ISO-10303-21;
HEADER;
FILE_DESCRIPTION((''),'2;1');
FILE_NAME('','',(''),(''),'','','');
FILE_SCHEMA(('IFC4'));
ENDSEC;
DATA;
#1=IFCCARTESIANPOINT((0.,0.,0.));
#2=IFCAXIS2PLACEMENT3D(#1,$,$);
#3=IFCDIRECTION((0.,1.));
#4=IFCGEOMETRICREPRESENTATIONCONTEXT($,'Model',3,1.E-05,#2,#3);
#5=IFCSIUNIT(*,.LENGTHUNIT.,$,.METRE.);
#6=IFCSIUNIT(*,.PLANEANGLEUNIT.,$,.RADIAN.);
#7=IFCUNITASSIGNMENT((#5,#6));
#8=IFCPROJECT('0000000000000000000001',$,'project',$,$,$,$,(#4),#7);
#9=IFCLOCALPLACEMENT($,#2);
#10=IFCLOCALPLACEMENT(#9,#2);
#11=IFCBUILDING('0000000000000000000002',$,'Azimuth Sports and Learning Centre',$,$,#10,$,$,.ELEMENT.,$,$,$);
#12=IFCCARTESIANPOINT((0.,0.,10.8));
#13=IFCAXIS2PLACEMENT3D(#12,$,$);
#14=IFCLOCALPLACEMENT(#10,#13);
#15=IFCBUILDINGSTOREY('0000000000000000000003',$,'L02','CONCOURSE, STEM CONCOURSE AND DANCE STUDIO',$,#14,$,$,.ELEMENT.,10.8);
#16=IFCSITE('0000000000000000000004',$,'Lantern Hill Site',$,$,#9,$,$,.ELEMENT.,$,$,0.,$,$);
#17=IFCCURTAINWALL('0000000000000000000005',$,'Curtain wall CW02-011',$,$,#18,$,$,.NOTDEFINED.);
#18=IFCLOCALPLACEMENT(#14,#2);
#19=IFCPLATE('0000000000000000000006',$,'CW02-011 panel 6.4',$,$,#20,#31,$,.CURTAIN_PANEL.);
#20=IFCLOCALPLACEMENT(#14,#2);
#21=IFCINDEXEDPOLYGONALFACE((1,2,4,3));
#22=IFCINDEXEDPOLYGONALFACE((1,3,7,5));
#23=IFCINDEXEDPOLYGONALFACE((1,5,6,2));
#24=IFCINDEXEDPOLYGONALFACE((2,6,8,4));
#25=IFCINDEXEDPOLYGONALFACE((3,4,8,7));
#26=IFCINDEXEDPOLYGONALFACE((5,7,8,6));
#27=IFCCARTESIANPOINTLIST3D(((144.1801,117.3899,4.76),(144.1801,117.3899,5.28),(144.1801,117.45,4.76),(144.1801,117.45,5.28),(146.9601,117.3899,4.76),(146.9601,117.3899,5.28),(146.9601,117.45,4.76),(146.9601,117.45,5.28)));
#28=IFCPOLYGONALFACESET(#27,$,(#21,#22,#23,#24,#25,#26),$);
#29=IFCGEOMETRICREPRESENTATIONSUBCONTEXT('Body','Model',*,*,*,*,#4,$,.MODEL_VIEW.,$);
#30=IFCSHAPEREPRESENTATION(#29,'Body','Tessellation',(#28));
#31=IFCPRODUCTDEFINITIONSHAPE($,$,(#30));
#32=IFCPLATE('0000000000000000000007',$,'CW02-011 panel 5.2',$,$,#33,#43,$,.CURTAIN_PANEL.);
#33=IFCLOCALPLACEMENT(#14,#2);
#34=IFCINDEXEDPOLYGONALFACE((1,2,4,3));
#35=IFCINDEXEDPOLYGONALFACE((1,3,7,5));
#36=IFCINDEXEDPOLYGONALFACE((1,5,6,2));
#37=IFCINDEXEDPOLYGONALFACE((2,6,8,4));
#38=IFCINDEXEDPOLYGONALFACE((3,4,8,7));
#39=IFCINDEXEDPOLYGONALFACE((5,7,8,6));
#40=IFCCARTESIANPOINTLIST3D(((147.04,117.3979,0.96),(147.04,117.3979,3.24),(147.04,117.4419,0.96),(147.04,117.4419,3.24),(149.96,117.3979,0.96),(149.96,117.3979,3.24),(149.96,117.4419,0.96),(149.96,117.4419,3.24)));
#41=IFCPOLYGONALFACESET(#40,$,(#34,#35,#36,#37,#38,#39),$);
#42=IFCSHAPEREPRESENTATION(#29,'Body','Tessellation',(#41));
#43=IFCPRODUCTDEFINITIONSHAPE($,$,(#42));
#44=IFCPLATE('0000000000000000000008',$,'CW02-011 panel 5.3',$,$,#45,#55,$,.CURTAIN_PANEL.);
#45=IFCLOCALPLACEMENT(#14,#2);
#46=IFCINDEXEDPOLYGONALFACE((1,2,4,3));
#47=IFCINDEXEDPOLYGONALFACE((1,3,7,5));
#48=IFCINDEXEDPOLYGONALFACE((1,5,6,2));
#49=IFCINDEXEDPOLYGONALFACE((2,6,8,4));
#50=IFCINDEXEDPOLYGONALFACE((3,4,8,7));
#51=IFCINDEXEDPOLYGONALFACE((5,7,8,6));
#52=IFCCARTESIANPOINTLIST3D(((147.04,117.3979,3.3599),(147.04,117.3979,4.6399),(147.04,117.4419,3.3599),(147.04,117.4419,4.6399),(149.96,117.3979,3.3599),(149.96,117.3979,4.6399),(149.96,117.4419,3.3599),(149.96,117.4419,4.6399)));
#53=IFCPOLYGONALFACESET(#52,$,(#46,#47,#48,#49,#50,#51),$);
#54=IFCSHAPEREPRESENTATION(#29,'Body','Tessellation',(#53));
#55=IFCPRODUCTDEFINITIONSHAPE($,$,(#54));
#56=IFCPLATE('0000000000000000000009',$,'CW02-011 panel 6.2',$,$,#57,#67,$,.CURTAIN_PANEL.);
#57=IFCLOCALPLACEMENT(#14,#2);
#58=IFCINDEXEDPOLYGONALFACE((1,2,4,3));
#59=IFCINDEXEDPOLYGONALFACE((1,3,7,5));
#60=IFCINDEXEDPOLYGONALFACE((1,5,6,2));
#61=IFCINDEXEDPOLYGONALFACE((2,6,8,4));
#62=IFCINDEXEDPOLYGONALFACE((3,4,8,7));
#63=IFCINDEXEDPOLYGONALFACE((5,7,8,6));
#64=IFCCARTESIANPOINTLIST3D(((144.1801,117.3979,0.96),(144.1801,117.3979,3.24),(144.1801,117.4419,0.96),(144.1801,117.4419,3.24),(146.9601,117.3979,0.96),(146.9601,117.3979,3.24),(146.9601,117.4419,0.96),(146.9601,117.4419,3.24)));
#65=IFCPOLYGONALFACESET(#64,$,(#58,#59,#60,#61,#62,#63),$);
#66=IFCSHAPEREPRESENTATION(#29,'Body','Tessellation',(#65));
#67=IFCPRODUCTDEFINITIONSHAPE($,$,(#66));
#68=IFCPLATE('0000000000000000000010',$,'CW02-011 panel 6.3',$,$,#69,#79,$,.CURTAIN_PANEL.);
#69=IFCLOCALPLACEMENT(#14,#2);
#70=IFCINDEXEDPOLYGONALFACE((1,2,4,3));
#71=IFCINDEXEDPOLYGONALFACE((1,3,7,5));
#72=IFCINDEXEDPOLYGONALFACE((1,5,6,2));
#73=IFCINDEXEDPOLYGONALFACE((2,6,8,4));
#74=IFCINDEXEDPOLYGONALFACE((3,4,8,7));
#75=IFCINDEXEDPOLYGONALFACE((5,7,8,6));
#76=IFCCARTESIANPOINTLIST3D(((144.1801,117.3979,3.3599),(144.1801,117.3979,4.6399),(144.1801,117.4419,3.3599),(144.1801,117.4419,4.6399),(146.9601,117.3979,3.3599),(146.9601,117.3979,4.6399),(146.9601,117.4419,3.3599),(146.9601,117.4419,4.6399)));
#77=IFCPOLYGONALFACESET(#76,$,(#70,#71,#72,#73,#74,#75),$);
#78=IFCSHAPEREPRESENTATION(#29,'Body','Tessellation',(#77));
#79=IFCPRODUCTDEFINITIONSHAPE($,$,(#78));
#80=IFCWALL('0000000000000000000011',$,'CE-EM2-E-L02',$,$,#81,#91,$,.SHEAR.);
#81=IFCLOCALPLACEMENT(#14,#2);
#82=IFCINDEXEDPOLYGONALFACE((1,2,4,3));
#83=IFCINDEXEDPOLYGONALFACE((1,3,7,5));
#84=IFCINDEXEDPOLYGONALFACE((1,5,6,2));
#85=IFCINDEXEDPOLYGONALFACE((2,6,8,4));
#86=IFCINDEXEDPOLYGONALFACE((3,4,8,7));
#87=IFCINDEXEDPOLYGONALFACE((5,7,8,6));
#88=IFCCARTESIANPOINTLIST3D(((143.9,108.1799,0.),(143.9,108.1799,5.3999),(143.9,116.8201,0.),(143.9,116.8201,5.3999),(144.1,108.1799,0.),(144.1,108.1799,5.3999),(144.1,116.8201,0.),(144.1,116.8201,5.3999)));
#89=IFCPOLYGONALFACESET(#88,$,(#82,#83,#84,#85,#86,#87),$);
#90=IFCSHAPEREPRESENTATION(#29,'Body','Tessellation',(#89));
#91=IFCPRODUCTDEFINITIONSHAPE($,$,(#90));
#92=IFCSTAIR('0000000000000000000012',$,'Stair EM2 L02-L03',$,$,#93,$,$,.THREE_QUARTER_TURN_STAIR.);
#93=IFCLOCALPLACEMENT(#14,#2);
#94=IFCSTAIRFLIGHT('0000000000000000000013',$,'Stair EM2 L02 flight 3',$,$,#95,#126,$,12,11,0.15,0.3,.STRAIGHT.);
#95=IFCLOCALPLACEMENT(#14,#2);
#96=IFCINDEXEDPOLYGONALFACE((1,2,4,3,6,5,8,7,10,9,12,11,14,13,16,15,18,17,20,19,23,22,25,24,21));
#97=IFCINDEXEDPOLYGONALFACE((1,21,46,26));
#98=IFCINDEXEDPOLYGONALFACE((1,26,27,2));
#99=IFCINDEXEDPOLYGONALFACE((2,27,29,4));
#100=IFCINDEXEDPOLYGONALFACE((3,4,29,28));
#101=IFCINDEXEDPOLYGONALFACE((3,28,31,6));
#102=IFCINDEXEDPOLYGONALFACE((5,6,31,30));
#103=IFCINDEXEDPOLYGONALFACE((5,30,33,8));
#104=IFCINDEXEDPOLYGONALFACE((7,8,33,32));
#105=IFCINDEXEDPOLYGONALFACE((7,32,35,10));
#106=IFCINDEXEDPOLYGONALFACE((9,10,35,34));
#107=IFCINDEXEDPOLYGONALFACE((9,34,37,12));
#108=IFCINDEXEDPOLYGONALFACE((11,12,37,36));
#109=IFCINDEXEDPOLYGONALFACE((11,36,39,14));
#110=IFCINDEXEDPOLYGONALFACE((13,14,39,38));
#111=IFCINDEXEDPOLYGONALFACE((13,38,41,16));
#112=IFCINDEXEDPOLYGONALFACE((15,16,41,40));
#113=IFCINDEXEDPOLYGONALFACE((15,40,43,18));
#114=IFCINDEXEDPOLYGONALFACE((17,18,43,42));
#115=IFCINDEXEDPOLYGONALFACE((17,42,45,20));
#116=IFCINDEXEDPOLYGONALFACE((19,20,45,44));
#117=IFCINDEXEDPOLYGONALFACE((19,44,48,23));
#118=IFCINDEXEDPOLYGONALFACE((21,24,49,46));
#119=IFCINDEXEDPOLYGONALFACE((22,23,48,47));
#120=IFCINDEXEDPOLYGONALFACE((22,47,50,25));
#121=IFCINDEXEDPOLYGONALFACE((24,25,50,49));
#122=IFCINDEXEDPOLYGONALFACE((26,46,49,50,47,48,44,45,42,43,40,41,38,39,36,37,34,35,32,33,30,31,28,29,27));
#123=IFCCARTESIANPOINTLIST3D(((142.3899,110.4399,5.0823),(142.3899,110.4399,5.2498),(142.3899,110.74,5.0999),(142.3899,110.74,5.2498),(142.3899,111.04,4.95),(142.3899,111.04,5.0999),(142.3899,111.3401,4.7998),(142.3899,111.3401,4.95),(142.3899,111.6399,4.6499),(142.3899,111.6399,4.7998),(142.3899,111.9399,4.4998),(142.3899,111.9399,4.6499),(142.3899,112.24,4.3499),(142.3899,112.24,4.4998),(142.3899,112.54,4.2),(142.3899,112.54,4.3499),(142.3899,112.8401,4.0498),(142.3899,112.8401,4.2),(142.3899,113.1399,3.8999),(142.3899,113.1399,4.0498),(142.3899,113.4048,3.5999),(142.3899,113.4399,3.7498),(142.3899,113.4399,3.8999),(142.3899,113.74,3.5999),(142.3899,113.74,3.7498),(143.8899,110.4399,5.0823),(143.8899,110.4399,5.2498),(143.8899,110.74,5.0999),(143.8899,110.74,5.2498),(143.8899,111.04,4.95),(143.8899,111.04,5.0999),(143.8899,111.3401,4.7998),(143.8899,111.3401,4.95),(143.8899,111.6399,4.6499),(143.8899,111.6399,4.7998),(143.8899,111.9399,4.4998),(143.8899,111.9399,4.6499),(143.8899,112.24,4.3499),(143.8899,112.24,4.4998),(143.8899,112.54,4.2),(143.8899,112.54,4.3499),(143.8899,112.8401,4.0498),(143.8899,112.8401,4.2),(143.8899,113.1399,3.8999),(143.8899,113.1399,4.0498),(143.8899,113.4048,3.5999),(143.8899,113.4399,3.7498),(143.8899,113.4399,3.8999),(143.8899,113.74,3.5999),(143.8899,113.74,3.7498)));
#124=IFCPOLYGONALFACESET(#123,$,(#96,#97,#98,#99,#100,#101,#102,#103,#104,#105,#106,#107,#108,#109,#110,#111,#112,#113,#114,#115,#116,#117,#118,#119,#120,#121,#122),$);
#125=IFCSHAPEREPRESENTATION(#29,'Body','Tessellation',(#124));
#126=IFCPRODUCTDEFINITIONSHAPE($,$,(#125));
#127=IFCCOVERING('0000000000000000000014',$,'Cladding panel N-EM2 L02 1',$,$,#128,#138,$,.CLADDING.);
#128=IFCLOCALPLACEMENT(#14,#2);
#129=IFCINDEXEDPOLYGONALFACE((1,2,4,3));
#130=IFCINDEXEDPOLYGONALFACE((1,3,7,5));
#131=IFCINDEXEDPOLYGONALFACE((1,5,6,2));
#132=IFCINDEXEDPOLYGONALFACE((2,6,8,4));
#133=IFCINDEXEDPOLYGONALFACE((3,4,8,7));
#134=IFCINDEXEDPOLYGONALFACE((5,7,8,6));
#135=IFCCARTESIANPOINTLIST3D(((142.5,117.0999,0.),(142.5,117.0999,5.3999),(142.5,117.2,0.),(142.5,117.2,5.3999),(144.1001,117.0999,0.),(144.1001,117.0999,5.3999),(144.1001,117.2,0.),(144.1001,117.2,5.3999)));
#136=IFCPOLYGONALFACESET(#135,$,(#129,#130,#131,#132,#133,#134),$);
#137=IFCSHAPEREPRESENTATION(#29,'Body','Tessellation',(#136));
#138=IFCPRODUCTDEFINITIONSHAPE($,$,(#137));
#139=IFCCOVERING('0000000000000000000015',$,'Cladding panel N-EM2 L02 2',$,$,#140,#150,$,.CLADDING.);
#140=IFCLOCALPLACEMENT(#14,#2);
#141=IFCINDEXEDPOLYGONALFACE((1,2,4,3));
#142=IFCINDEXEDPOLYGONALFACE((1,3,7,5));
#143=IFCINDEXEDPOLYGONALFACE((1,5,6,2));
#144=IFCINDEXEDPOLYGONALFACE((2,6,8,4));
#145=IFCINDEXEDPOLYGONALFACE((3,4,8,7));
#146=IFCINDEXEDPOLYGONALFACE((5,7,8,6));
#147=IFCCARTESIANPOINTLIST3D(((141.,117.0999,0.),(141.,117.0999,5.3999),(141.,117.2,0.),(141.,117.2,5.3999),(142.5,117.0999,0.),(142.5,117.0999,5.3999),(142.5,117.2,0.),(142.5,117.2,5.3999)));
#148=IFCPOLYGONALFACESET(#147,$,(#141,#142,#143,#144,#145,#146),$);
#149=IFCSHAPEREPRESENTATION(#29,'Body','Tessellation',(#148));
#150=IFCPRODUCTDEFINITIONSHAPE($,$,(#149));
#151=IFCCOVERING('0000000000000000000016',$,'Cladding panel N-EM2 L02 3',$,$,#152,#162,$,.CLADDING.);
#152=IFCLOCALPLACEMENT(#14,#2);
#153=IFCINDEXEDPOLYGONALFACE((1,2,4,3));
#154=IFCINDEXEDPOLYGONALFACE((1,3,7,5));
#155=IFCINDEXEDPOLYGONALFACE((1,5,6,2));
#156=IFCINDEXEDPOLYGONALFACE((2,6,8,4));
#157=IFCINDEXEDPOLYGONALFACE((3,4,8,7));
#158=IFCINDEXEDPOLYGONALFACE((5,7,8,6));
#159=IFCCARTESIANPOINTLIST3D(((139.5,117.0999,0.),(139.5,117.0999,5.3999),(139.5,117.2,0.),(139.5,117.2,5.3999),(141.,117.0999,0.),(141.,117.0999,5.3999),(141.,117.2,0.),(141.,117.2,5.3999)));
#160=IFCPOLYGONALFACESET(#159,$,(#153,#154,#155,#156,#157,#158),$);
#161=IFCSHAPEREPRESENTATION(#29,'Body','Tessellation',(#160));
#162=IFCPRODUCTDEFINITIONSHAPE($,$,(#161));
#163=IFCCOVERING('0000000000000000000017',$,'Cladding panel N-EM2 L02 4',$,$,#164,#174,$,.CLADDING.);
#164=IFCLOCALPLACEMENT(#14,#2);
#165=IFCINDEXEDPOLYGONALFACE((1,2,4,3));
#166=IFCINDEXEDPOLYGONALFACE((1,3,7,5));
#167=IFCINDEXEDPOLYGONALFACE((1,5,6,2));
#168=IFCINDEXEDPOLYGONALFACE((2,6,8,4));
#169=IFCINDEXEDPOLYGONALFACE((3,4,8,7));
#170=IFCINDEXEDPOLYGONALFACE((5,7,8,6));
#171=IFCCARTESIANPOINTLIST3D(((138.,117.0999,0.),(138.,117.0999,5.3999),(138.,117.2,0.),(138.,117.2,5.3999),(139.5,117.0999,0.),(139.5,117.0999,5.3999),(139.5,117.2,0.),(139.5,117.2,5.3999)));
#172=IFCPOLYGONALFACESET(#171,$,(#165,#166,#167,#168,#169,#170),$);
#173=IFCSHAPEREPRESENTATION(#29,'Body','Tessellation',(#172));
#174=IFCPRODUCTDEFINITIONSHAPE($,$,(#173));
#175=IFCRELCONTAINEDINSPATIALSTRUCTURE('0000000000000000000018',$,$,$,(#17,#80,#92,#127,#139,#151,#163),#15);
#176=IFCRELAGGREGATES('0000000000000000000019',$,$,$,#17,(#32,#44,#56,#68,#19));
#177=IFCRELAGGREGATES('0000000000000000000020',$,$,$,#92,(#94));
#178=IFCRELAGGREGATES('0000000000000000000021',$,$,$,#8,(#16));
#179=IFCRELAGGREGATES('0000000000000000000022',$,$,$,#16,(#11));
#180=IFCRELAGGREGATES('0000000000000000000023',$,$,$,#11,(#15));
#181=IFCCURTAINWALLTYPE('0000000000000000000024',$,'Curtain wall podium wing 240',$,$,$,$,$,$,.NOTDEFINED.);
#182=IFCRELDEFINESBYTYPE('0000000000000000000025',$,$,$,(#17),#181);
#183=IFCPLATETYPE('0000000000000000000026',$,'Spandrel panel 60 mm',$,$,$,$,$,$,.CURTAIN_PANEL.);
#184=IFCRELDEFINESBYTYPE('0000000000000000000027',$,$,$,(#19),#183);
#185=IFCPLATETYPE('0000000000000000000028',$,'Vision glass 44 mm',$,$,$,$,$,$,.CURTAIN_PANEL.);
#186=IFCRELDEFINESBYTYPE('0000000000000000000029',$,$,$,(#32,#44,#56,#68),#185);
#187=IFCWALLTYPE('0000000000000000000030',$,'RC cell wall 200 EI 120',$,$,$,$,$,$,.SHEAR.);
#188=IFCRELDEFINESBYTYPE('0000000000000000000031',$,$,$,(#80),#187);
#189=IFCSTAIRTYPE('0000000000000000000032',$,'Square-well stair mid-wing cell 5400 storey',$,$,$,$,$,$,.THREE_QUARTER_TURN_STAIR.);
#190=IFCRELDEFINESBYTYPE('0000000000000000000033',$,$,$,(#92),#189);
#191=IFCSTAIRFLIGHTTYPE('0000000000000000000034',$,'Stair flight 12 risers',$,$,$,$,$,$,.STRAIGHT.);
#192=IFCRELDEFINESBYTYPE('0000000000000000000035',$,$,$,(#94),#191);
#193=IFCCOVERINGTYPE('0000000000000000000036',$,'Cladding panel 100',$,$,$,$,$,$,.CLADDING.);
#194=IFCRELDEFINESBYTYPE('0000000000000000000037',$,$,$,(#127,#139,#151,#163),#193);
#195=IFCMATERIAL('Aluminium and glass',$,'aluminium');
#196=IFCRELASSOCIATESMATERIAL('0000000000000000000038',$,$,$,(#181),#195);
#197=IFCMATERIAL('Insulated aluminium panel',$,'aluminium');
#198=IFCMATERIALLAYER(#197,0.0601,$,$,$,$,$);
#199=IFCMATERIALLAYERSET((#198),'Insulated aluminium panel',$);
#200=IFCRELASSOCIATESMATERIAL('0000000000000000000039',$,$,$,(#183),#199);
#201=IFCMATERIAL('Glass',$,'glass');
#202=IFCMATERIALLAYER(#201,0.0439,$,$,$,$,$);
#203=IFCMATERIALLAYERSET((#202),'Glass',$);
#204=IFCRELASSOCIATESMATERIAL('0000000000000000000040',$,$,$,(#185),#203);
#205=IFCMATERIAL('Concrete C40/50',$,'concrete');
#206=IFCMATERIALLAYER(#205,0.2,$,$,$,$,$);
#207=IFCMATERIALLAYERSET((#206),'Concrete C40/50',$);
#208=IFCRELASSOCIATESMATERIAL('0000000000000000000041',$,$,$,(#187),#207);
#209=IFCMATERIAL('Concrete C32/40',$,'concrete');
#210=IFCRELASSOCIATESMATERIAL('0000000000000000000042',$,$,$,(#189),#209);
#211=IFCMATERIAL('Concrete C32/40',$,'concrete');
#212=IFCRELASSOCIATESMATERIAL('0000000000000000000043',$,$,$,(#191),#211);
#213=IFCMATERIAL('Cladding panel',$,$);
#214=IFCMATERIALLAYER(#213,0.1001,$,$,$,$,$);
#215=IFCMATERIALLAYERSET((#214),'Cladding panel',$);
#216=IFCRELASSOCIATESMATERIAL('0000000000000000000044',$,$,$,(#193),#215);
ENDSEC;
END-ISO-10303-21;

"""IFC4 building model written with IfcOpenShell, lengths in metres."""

from ifc_helpers import new_model, si_unit, direction, frame, frame_2d, origin, origin_2d, place, context, subcontext, project, spatial, polyline, rectangle, outline, extrude, material, layer, layer_set, type_object, element, aggregate, save


model = new_model("IFC4")

# Units and contexts
model_context = context("Model", 3, precision=1e-05, world=origin(), true_north=direction((0.0, 1.0)))
body_context = subcontext(model_context, "Body", "Model", "MODEL_VIEW")
ifc_project = project(units=[si_unit("LENGTHUNIT", "METRE"), si_unit("PLANEANGLEUNIT", "RADIAN")], contexts=[model_context])

# Site, building, storey
site_placement = place(None, origin())
site = spatial("IfcSite", under=ifc_project, at=site_placement, Name="Lantern Hill Site", CompositionType="ELEMENT", RefElevation=0.0)
building_placement = place(site_placement, origin())
building = spatial("IfcBuilding", under=site, at=building_placement, Name="Azimuth Sports and Learning Centre", CompositionType="ELEMENT")
storey_placement = place(building_placement, frame((0.0, 0.0, 10.8)))
storey = spatial("IfcBuildingStorey", under=building, at=storey_placement, Name="L02", Description="CONCOURSE, STEM CONCOURSE AND DANCE STUDIO", CompositionType="ELEMENT", Elevation=10.8)

# Curtain wall, plates
ifc_material_1 = material(Name="Aluminium and glass", Category="aluminium")
curtain_wall_type = type_object("IfcCurtainWallType", Name="Curtain wall podium wing 240", PredefinedType="NOTDEFINED", material=ifc_material_1)
curtain_wall_placement = place(storey_placement, origin())
curtain_wall = element("IfcCurtainWall", 1, at=curtain_wall_placement, inside=storey, type_object=curtain_wall_type, Name="Curtain wall CW02-011", PredefinedType="NOTDEFINED")
ifc_material_2 = material(Name="Insulated aluminium panel", Category="aluminium")
ifc_layer_1 = layer(ifc_material_2, 0.0601)
ifc_layer_set_1 = layer_set([ifc_layer_1], Name="Insulated aluminium panel")
plate_type_1 = type_object("IfcPlateType", Name="Spandrel panel 60 mm", PredefinedType="CURTAIN_PANEL", material=ifc_layer_set_1)
plate_1_placement = place(storey_placement, frame((145.5701, 117.4199, 4.76), z_axis=(0.0, 0.0, 1.0), x_axis=(-1.0, 0.0, 0.0)))
plate_1 = element("IfcPlate", 2, at=plate_1_placement, type_object=plate_type_1, Name="CW02-011 panel 6.4", PredefinedType="CURTAIN_PANEL", context=body_context, shape_type="SweptSolid", body=[
    extrude(rectangle(XDim=2.78, YDim=0.0601, at=origin_2d()), origin(), (0.0, 0.0, 1.0), 0.52),
])
ifc_material_3 = material(Name="Glass", Category="glass")
ifc_layer_2 = layer(ifc_material_3, 0.0439)
ifc_layer_set_2 = layer_set([ifc_layer_2], Name="Glass")
plate_type_2 = type_object("IfcPlateType", Name="Vision glass 44 mm", PredefinedType="CURTAIN_PANEL", material=ifc_layer_set_2)
plate_2_placement = place(storey_placement, frame((148.5, 117.4199, 0.96), z_axis=(0.0, 0.0, 1.0), x_axis=(-1.0, 0.0, 0.0)))
plate_2 = element("IfcPlate", 3, at=plate_2_placement, type_object=plate_type_2, Name="CW02-011 panel 5.2", PredefinedType="CURTAIN_PANEL", context=body_context, shape_type="SweptSolid", body=[
    extrude(rectangle(XDim=2.9199, YDim=0.0439, at=origin_2d()), origin(), (0.0, 0.0, 1.0), 2.28),
])
plate_3_placement = place(storey_placement, frame((148.5, 117.4199, 3.3599), z_axis=(0.0, 0.0, 1.0), x_axis=(-1.0, 0.0, 0.0)))
plate_3 = element("IfcPlate", 4, at=plate_3_placement, type_object=plate_type_2, Name="CW02-011 panel 5.3", PredefinedType="CURTAIN_PANEL", context=body_context, shape_type="SweptSolid", body=[
    extrude(rectangle(XDim=2.9199, YDim=0.0439, at=origin_2d()), origin(), (0.0, 0.0, 1.0), 1.28),
])
plate_4_placement = place(storey_placement, frame((145.5701, 117.4199, 0.96), z_axis=(0.0, 0.0, 1.0), x_axis=(-1.0, 0.0, 0.0)))
plate_4 = element("IfcPlate", 5, at=plate_4_placement, type_object=plate_type_2, Name="CW02-011 panel 6.2", PredefinedType="CURTAIN_PANEL", context=body_context, shape_type="SweptSolid", body=[
    extrude(rectangle(XDim=2.78, YDim=0.0439, at=origin_2d()), origin(), (0.0, 0.0, 1.0), 2.28),
])
plate_5_placement = place(storey_placement, frame((145.5701, 117.4199, 3.3599), z_axis=(0.0, 0.0, 1.0), x_axis=(-1.0, 0.0, 0.0)))
plate_5 = element("IfcPlate", 6, at=plate_5_placement, type_object=plate_type_2, Name="CW02-011 panel 6.3", PredefinedType="CURTAIN_PANEL", context=body_context, shape_type="SweptSolid", body=[
    extrude(rectangle(XDim=2.78, YDim=0.0439, at=origin_2d()), origin(), (0.0, 0.0, 1.0), 1.28),
])
aggregate(curtain_wall, [plate_2, plate_3, plate_4, plate_5, plate_1])

# Wall
ifc_material_4 = material(Name="Concrete C40/50", Category="concrete")
ifc_layer_3 = layer(ifc_material_4, 0.2)
ifc_layer_set_3 = layer_set([ifc_layer_3], Name="Concrete C40/50")
wall_type = type_object("IfcWallType", Name="RC cell wall 200 EI 120", PredefinedType="SHEAR", material=ifc_layer_set_3)
wall_placement = place(storey_placement, frame((144.0, 108.1799, 0.0), z_axis=(0.0, 0.0, 1.0), x_axis=(0.0, 1.0, 0.0)))
element("IfcWall", 7, at=wall_placement, inside=storey, type_object=wall_type, Name="CE-EM2-E-L02", PredefinedType="SHEAR", context=body_context, shape_type="SweptSolid", body=[
    extrude(rectangle(XDim=8.6401, YDim=0.2, at=frame_2d((4.3201, 0.0))), origin(), (0.0, 0.0, 1.0), 5.3999),
])

# Stair, stair flight
ifc_material_5 = material(Name="Concrete C32/40", Category="concrete")
stair_type = type_object("IfcStairType", Name="Square-well stair mid-wing cell 5400 storey", PredefinedType="THREE_QUARTER_TURN_STAIR", material=ifc_material_5)
stair_placement = place(storey_placement, origin())
stair = element("IfcStair", 8, at=stair_placement, inside=storey, type_object=stair_type, Name="Stair EM2 L02-L03", PredefinedType="THREE_QUARTER_TURN_STAIR")
ifc_material_6 = material(Name="Concrete C32/40", Category="concrete")
stair_flight_type = type_object("IfcStairFlightType", Name="Stair flight 12 risers", PredefinedType="STRAIGHT", material=ifc_material_6)
stair_flight_placement = place(storey_placement, frame((143.1399, 113.74, 3.5999), z_axis=(0.0, 0.0, 1.0), x_axis=(0.0, -1.0, 0.0)))
stair_flight = element("IfcStairFlight", 9, at=stair_flight_placement, type_object=stair_flight_type, Name="Stair EM2 L02 flight 3", NumberOfRisers=12, NumberOfTreads=11, PredefinedType="STRAIGHT", RiserHeight=0.15, TreadLength=0.3, context=body_context, shape_type="SweptSolid", body=[
    extrude(outline(polyline([(0.0, 0.0), (0.0, 0.1499), (0.3, 0.1499), (0.3, 0.3), (0.6001, 0.3), (0.6001, 0.45), (0.8999, 0.45), (0.8999, 0.6001), (1.2, 0.6001), (1.2, 0.75), (1.5, 0.75), (1.5, 0.8999), (1.8, 0.8999), (1.8, 1.05), (2.1001, 1.05), (2.1001, 1.2), (2.3999, 1.2), (2.3999, 1.3501), (2.7, 1.3501), (2.7, 1.5), (3.0, 1.5), (3.0, 1.6499), (3.3, 1.6499), (3.3, 1.8), (3.3, 1.4824), (0.3352, 0.0), (0.0, 0.0)])), frame((0.0, 0.75, 0.0), z_axis=(0.0, -1.0, 0.0), x_axis=(1.0, 0.0, 0.0)), (0.0, 0.0, 1.0), 1.5),
])
aggregate(stair, [stair_flight])

# Coverings
ifc_material_7 = material(Name="Cladding panel")
ifc_layer_4 = layer(ifc_material_7, 0.1001)
ifc_layer_set_4 = layer_set([ifc_layer_4], Name="Cladding panel")
covering_type = type_object("IfcCoveringType", Name="Cladding panel 100", PredefinedType="CLADDING", material=ifc_layer_set_4)
covering_placement = place(storey_placement, frame((143.3, 117.1499, 0.0), z_axis=(0.0, 0.0, 1.0), x_axis=(-1.0, 0.0, 0.0)))
element("IfcCovering", 10, at=covering_placement, inside=storey, type_object=covering_type, Name="Cladding panel N-EM2 L02 1", PredefinedType="CLADDING", context=body_context, shape_type="SweptSolid", body=[
    extrude(rectangle(XDim=1.6001, YDim=0.1001, at=origin_2d()), origin(), (0.0, 0.0, 1.0), 5.3999),
])
for number, where, z_axis, x_axis, name in (
    (11, (141.75, 117.1499, 0.0), (0.0, 0.0, 1.0), (-1.0, 0.0, 0.0), "Cladding panel N-EM2 L02 2"),
    (12, (140.25, 117.1499, 0.0), (0.0, 0.0, 1.0), (-1.0, 0.0, 0.0), "Cladding panel N-EM2 L02 3"),
    (13, (138.75, 117.1499, 0.0), (0.0, 0.0, 1.0), (-1.0, 0.0, 0.0), "Cladding panel N-EM2 L02 4"),
):
    element("IfcCovering", number, at=place(storey_placement, frame(where, z_axis=z_axis, x_axis=x_axis)), inside=storey, type_object=covering_type, Name=name, PredefinedType="CLADDING", context=body_context, shape_type="SweptSolid", body=[
        extrude(rectangle(XDim=1.5, YDim=0.1001, at=origin_2d()), origin(), (0.0, 0.0, 1.0), 5.3999),
    ])

save(model, "model.ifc")
